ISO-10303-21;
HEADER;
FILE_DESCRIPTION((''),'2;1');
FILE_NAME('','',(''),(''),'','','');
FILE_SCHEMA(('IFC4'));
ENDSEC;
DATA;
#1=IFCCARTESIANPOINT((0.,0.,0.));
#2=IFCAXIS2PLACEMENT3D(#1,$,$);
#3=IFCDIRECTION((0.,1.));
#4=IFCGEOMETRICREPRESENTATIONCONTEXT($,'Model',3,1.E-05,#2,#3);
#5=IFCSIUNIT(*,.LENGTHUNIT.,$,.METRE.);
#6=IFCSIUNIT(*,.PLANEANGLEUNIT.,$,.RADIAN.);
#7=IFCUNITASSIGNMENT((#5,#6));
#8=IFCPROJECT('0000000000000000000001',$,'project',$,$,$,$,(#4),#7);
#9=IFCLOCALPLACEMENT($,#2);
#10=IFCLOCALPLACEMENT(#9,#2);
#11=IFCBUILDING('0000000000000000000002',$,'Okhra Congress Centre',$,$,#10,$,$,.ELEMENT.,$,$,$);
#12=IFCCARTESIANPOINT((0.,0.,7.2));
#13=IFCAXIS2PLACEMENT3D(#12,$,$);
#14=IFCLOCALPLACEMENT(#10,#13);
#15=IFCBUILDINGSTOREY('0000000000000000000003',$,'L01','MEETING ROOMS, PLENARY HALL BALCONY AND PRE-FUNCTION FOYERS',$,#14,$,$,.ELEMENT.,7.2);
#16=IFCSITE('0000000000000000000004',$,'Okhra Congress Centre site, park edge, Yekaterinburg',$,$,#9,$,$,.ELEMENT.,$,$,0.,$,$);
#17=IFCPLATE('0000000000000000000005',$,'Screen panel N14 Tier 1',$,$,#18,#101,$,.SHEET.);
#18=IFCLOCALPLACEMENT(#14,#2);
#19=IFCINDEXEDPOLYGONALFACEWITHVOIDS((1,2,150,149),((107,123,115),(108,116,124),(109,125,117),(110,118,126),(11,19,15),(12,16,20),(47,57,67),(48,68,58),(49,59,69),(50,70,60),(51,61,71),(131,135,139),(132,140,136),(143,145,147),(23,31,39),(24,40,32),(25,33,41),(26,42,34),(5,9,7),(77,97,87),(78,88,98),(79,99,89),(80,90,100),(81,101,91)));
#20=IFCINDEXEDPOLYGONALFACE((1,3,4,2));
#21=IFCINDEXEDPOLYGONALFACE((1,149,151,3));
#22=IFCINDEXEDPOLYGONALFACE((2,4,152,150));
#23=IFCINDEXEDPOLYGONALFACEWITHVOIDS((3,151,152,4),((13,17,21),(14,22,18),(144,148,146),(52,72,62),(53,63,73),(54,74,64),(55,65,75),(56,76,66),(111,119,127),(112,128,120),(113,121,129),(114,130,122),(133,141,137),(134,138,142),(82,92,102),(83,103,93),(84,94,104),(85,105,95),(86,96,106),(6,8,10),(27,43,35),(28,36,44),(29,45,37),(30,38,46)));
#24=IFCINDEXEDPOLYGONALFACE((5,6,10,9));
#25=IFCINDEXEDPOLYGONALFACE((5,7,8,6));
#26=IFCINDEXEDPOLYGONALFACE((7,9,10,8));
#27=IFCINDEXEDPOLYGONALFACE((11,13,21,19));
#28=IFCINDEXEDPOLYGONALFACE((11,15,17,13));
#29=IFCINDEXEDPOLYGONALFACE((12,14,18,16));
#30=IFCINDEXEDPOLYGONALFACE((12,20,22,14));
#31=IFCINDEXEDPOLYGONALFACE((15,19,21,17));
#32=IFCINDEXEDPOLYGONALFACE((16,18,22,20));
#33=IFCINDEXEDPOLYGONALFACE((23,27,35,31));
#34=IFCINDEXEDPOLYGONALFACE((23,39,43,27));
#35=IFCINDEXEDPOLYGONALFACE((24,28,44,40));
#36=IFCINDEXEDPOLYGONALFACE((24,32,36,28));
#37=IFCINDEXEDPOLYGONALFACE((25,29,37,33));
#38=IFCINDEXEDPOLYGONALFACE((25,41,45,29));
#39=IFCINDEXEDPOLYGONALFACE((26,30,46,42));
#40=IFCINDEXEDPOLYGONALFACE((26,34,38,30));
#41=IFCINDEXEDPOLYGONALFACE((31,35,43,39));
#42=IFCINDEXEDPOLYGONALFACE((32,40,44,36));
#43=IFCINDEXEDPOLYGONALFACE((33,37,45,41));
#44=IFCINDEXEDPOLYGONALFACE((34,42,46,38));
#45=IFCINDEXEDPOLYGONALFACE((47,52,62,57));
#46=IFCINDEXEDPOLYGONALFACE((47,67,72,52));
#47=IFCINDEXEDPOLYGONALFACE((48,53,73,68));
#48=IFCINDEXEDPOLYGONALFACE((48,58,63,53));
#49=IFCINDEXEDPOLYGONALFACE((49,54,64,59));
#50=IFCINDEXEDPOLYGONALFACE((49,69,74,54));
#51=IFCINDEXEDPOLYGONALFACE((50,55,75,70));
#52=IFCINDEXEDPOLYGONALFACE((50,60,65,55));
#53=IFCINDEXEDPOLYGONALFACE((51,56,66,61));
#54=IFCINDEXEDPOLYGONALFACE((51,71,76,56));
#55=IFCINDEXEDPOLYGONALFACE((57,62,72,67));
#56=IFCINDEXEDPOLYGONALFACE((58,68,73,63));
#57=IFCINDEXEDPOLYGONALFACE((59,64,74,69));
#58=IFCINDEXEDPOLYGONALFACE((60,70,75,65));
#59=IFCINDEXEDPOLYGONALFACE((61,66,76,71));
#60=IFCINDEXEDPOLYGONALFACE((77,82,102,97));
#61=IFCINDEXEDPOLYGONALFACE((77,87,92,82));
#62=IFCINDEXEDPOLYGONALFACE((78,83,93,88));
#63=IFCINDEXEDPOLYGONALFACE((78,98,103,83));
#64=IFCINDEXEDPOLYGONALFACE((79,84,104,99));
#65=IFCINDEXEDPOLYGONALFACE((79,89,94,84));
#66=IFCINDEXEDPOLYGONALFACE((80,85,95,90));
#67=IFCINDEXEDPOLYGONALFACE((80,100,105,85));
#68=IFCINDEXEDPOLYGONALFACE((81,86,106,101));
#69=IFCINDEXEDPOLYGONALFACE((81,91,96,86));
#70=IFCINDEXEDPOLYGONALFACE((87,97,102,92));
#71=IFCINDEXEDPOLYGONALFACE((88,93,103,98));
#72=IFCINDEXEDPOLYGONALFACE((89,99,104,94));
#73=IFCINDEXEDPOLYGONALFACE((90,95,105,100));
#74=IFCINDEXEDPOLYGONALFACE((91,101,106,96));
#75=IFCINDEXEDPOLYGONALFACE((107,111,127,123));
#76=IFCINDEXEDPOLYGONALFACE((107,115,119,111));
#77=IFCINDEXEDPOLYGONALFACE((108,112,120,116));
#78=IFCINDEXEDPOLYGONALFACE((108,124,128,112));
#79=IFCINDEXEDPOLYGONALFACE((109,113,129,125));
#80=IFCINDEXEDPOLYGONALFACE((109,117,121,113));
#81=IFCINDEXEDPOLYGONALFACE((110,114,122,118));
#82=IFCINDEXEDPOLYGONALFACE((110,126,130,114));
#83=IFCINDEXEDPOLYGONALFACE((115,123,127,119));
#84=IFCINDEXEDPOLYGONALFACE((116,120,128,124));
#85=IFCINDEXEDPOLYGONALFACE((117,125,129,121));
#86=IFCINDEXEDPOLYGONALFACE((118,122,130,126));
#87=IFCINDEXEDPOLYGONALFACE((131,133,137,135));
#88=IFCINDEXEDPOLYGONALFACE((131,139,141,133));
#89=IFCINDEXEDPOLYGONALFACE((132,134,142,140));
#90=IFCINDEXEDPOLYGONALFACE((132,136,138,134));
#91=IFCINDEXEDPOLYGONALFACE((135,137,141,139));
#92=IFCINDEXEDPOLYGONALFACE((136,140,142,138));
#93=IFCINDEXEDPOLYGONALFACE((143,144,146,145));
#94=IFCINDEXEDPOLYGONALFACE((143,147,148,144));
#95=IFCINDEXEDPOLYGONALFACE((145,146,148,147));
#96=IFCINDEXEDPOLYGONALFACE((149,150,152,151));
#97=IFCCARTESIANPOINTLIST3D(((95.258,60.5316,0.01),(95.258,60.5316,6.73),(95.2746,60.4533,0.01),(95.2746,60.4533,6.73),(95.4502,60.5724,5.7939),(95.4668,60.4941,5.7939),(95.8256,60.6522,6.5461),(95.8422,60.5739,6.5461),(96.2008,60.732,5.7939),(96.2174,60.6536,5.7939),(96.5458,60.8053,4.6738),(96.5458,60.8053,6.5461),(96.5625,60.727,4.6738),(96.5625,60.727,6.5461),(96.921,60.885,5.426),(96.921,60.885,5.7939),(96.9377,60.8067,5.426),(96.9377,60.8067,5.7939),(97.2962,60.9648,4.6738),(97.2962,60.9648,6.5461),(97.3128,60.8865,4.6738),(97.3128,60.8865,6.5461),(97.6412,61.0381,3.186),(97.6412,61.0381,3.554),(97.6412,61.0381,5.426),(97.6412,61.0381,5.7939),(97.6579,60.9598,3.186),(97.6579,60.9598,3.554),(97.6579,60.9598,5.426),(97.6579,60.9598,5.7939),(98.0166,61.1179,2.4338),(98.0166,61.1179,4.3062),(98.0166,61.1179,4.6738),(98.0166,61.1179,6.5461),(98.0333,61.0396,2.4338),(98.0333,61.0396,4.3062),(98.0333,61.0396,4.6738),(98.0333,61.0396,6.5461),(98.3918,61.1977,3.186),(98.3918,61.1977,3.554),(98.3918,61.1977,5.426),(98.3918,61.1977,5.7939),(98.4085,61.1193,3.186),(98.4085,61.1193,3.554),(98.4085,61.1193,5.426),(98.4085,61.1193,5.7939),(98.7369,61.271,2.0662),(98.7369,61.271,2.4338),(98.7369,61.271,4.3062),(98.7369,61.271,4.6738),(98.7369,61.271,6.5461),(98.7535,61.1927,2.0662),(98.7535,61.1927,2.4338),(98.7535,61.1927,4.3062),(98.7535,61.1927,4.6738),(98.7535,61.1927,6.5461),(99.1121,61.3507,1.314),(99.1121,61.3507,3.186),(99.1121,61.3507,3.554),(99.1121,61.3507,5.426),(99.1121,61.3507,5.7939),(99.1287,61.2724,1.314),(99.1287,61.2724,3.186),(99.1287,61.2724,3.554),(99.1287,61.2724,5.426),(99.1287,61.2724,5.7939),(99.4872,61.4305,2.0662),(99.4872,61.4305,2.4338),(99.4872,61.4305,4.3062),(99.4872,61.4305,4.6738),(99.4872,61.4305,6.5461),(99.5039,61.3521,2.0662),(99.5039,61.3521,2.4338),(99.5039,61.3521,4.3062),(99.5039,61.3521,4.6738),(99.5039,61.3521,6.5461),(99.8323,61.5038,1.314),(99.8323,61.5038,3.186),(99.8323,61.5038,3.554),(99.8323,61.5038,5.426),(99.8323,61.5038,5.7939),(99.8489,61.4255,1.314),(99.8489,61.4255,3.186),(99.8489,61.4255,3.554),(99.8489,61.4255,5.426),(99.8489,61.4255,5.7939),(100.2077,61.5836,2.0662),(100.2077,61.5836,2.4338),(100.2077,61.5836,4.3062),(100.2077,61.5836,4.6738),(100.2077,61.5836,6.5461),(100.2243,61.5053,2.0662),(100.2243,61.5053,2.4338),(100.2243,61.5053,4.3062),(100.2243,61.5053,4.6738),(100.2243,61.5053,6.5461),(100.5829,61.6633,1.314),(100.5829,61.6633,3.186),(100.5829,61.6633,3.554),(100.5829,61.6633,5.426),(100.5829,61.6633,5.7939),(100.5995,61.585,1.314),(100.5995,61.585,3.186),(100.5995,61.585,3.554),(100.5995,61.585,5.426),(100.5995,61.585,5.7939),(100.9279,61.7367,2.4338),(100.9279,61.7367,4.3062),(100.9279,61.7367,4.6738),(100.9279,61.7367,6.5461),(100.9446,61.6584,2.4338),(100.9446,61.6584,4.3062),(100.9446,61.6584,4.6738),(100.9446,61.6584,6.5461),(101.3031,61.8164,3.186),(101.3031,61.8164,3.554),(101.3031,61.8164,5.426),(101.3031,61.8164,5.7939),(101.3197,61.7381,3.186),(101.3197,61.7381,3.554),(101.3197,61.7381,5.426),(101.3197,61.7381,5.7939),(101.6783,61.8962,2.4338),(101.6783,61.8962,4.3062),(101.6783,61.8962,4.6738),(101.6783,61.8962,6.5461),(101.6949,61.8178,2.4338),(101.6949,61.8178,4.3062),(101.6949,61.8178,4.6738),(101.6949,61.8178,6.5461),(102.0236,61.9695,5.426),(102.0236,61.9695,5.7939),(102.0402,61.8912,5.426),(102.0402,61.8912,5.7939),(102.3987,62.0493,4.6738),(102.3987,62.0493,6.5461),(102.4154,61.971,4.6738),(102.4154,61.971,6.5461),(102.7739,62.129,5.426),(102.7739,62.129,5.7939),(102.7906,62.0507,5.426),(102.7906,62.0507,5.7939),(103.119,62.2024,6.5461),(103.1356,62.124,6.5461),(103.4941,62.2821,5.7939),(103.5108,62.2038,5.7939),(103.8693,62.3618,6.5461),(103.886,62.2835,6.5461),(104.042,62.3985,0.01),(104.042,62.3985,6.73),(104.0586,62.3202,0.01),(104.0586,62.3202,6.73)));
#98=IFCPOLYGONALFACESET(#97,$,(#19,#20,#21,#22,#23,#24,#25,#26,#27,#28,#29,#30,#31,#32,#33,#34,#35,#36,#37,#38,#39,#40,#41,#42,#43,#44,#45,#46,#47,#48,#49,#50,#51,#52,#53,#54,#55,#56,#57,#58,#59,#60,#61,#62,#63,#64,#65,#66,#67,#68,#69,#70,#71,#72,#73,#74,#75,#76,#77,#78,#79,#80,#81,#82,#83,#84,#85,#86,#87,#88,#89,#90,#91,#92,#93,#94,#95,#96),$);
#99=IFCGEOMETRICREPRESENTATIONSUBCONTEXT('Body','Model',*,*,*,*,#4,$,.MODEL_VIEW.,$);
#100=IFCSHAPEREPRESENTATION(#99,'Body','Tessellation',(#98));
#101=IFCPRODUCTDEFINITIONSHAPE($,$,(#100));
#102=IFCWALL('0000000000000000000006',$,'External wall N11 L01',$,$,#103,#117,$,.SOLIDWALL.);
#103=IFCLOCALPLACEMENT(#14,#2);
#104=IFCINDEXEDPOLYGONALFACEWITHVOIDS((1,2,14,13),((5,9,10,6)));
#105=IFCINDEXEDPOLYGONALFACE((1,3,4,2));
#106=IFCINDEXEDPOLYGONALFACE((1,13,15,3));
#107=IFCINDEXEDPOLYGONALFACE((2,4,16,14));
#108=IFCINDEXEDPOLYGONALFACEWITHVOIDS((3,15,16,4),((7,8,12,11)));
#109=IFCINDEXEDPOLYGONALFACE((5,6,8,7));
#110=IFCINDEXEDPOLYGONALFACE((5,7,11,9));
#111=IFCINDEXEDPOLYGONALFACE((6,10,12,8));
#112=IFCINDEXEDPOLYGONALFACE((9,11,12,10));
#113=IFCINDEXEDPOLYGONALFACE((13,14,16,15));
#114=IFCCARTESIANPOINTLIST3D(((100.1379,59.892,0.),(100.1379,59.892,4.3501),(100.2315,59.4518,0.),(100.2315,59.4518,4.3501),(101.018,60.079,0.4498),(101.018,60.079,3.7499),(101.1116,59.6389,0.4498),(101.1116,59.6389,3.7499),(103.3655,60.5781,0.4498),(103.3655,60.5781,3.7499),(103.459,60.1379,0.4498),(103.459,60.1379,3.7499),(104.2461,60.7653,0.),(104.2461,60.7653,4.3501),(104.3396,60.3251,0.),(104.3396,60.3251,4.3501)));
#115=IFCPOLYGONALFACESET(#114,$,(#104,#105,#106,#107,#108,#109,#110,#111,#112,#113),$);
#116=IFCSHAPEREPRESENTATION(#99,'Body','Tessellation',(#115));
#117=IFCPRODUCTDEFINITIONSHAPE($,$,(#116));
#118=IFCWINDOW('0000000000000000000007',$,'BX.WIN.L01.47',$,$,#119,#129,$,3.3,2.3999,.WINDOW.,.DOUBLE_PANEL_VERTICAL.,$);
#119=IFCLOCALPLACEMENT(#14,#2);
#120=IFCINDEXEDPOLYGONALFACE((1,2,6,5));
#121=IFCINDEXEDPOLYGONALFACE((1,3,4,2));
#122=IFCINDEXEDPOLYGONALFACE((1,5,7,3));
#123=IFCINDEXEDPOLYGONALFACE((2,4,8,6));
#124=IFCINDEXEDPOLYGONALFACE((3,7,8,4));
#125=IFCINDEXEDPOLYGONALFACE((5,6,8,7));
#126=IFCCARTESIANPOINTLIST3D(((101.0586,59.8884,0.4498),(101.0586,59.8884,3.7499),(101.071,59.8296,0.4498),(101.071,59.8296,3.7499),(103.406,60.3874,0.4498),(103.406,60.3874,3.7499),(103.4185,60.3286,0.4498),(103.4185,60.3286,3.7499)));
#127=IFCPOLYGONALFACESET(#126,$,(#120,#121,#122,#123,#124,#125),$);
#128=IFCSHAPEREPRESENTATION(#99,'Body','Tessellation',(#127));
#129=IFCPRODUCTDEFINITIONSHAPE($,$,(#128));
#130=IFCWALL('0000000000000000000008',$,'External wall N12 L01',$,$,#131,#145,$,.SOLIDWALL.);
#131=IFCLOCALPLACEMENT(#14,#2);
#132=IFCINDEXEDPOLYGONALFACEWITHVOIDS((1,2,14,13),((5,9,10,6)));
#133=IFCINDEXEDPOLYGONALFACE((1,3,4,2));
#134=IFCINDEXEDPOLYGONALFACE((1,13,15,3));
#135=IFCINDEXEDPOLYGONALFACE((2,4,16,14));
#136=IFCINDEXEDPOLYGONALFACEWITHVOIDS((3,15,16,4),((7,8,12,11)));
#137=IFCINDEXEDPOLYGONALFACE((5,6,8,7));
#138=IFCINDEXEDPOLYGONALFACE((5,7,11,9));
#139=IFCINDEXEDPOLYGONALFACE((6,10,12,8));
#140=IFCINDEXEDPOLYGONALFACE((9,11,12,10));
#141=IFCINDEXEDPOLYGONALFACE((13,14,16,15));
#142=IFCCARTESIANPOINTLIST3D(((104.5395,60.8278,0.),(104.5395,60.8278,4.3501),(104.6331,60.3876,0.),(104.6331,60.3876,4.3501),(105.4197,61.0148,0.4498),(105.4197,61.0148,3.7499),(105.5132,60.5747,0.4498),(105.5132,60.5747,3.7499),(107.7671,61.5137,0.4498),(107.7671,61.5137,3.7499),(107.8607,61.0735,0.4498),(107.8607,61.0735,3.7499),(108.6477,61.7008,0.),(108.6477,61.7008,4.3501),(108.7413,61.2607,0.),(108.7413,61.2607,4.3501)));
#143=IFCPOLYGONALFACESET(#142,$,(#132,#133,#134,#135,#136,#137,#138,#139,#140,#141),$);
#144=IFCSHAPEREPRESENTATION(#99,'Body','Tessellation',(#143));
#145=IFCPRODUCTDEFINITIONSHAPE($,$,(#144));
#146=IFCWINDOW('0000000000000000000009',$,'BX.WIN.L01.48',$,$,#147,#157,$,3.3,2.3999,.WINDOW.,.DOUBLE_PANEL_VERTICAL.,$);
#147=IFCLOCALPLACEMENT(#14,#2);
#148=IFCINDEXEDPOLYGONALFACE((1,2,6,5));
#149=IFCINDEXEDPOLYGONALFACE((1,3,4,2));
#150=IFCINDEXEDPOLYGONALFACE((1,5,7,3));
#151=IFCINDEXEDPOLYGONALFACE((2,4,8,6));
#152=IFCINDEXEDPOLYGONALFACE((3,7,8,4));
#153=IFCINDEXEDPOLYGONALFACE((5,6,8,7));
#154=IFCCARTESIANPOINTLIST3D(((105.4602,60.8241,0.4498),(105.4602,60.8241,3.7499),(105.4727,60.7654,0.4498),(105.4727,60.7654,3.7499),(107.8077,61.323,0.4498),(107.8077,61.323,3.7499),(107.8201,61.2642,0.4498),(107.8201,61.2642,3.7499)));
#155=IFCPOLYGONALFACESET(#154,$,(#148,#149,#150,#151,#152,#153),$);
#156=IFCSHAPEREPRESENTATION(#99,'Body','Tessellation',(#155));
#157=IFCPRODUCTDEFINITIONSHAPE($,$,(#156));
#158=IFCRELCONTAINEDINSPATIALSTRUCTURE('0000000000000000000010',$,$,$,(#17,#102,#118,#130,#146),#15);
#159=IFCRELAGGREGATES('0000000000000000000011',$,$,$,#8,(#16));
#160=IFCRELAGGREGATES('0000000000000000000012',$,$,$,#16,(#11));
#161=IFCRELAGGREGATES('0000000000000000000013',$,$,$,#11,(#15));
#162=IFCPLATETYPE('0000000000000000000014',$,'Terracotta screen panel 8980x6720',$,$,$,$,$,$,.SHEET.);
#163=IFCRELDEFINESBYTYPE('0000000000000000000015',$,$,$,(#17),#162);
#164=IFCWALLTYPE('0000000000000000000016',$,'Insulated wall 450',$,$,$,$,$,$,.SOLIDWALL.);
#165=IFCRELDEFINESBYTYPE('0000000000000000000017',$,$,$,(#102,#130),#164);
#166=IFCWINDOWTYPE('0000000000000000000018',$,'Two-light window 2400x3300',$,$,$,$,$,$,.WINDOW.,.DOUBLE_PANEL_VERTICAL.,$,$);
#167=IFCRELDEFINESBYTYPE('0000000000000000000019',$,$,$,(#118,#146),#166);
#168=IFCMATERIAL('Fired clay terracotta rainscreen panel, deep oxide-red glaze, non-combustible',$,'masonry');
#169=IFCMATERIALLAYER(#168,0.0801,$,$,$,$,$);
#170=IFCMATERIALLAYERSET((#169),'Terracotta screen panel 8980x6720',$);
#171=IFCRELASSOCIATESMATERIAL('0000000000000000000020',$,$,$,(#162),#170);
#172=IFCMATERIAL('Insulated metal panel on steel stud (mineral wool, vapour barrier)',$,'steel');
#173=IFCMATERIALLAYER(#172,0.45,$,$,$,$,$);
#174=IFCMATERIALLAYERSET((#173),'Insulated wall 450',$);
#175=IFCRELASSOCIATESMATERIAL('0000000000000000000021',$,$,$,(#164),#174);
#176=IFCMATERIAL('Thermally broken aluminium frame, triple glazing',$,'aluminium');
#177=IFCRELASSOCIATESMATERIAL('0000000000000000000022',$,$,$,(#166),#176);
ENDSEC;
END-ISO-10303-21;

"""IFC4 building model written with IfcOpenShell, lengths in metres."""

from ifc_helpers import new_model, si_unit, direction, frame, frame_2d, origin, place, context, subcontext, project, spatial, polyline, rectangle, outline, extrude, material, layer, layer_set, type_object, element, fill, save


model = new_model("IFC4")

# Units and contexts
model_context = context("Model", 3, precision=1e-05, world=origin(), true_north=direction((0.0, 1.0)))
body_context = subcontext(model_context, "Body", "Model", "MODEL_VIEW")
ifc_project = project(units=[si_unit("LENGTHUNIT", "METRE"), si_unit("PLANEANGLEUNIT", "RADIAN")], contexts=[model_context])

# Site, building, storey
site_placement = place(None, origin())
site = spatial("IfcSite", under=ifc_project, at=site_placement, Name="Okhra Congress Centre site, park edge, Yekaterinburg", CompositionType="ELEMENT", RefElevation=0.0)
building_placement = place(site_placement, origin())
building = spatial("IfcBuilding", under=site, at=building_placement, Name="Okhra Congress Centre", CompositionType="ELEMENT")
storey_placement = place(building_placement, frame((0.0, 0.0, 7.2)))
storey = spatial("IfcBuildingStorey", under=building, at=storey_placement, Name="L01", Description="MEETING ROOMS, PLENARY HALL BALCONY AND PRE-FUNCTION FOYERS", CompositionType="ELEMENT", Elevation=7.2)

# Plate
ifc_material_1 = material(Name="Fired clay terracotta rainscreen panel, deep oxide-red glaze, non-combustible", Category="masonry")
ifc_layer_1 = layer(ifc_material_1, 0.0801)
ifc_layer_set_1 = layer_set([ifc_layer_1], Name="Terracotta screen panel 8980x6720")
plate_type = type_object("IfcPlateType", Name="Terracotta screen panel 8980x6720", PredefinedType="SHEET", material=ifc_layer_set_1)
plate_placement = place(storey_placement, frame((104.0503, 62.3594, 0.01), z_axis=(0.0, 0.0, 1.0), x_axis=(-0.978151, -0.207897, 0.0)))
element("IfcPlate", 1, at=plate_placement, inside=storey, type_object=plate_type, Name="Screen panel N14 Tier 1", PredefinedType="SHEET", context=body_context, shape_type="SweptSolid", body=[
    extrude(outline(polyline([(0.0, 0.0), (8.9802, 0.0), (8.9802, 6.72), (0.0, 6.72), (0.0, 0.0)]), holes=[polyline([(3.5364, 1.304), (4.3037, 1.304), (3.9199, 2.0562), (3.5364, 1.304)]), polyline([(4.6565, 2.0562), (5.04, 1.304), (5.4236, 2.0562), (4.6565, 2.0562)]), polyline([(2.4165, 2.4238), (3.1836, 2.4238), (2.8, 3.176), (2.4165, 2.4238)]), polyline([(3.5364, 3.176), (3.9199, 2.4238), (4.3037, 3.176), (3.5364, 3.176)]), polyline([(4.6565, 2.4238), (5.4236, 2.4238), (5.04, 3.176), (4.6565, 2.4238)]), polyline([(5.7764, 3.176), (6.1599, 2.4238), (6.5437, 3.176), (5.7764, 3.176)]), polyline([(2.4165, 4.2961), (2.8, 3.5439), (3.1836, 4.2961), (2.4165, 4.2961)]), polyline([(3.5364, 3.5439), (4.3037, 3.5439), (3.9199, 4.2961), (3.5364, 3.5439)]), polyline([(4.6565, 4.2961), (5.04, 3.5439), (5.4236, 4.2961), (4.6565, 4.2961)]), polyline([(5.7764, 3.5439), (6.5437, 3.5439), (6.1599, 4.2961), (5.7764, 3.5439)]), polyline([(1.2964, 5.416), (1.6799, 4.6638), (2.0635, 5.416), (1.2964, 5.416)]), polyline([(2.4165, 4.6638), (3.1836, 4.6638), (2.8, 5.416), (2.4165, 4.6638)]), polyline([(3.5364, 5.416), (3.9199, 4.6638), (4.3037, 5.416), (3.5364, 5.416)]), polyline([(4.6565, 4.6638), (5.4236, 4.6638), (5.04, 5.416), (4.6565, 4.6638)]), polyline([(5.7764, 5.416), (6.1599, 4.6638), (6.5437, 5.416), (5.7764, 5.416)]), polyline([(6.8965, 4.6638), (7.6636, 4.6638), (7.28, 5.416), (6.8965, 4.6638)]), polyline([(0.1765, 6.5361), (0.5601, 5.7839), (0.9436, 6.5361), (0.1765, 6.5361)]), polyline([(1.2964, 5.7839), (2.0635, 5.7839), (1.6799, 6.5361), (1.2964, 5.7839)]), polyline([(2.4165, 6.5361), (2.8, 5.7839), (3.1836, 6.5361), (2.4165, 6.5361)]), polyline([(3.5364, 5.7839), (4.3037, 5.7839), (3.9199, 6.5361), (3.5364, 5.7839)]), polyline([(4.6565, 6.5361), (5.04, 5.7839), (5.4236, 6.5361), (4.6565, 6.5361)]), polyline([(5.7764, 5.7839), (6.5437, 5.7839), (6.1599, 6.5361), (5.7764, 5.7839)]), polyline([(6.8965, 6.5361), (7.28, 5.7839), (7.6636, 6.5361), (6.8965, 6.5361)]), polyline([(8.0164, 5.7839), (8.7837, 5.7839), (8.3999, 6.5361), (8.0164, 5.7839)])]), frame((0.0, 0.04, 0.0), z_axis=(0.0, -1.0, 0.0), x_axis=(1.0, 0.0, 0.0)), (0.0, 0.0, 1.0), 0.0801),
])

# Walls, openings, windows
ifc_material_2 = material(Name="Insulated metal panel on steel stud (mineral wool, vapour barrier)", Category="steel")
ifc_layer_2 = layer(ifc_material_2, 0.45)
ifc_layer_set_2 = layer_set([ifc_layer_2], Name="Insulated wall 450")
wall_type_1 = type_object("IfcWallType", Name="Insulated wall 450", PredefinedType="SOLIDWALL", material=ifc_layer_set_2)
wall_1_placement = place(storey_placement, frame((100.1846, 59.6719, 0.0), z_axis=(0.0, 0.0, 1.0), x_axis=(0.978144, 0.207929, 0.0)))
wall_1 = element("IfcWall", 2, at=wall_1_placement, inside=storey, type_object=wall_type_1, Name="External wall N11 L01", PredefinedType="SOLIDWALL", context=body_context, shape_type="SweptSolid", body=[
    extrude(rectangle(XDim=4.2, YDim=0.45, at=frame_2d((2.1001, 0.0))), origin(), (0.0, 0.0, 1.0), 4.3501),
])
opening_1_placement = place(wall_1_placement, frame((0.8999, 0.0, 0.45)))
opening_1 = element("IfcOpeningElement", 3, at=opening_1_placement, cuts=wall_1, PredefinedType="OPENING", context=body_context, shape_type="SweptSolid", body=[
    extrude(rectangle(XDim=2.3999, YDim=3.3, at=frame_2d((1.2, 1.6499))), frame((0.0, 0.2349, 0.0), z_axis=(0.0, -1.0, 0.0), x_axis=(1.0, 0.0, 0.0)), (0.0, 0.0, 1.0), 0.47),
])
ifc_material_3 = material(Name="Thermally broken aluminium frame, triple glazing", Category="aluminium")
window_type = type_object("IfcWindowType", Name="Two-light window 2400x3300", PartitioningType="DOUBLE_PANEL_VERTICAL", PredefinedType="WINDOW", material=ifc_material_3)
window_1_placement = place(opening_1_placement, origin())
window_1 = element("IfcWindow", 4, at=window_1_placement, inside=storey, type_object=window_type, Name="BX.WIN.L01.47", OverallHeight=3.3, OverallWidth=2.3999, PartitioningType="DOUBLE_PANEL_VERTICAL", PredefinedType="WINDOW", context=body_context, shape_type="SweptSolid", body=[
    extrude(rectangle(XDim=2.3999, YDim=3.3, at=frame_2d((1.2, 1.6499))), frame((0.0, 0.03, 0.0), z_axis=(0.0, -1.0, 0.0), x_axis=(1.0, 0.0, 0.0)), (0.0, 0.0, 1.0), 0.0601),
])
fill(opening_1, window_1)
wall_2_placement = place(storey_placement, frame((104.5862, 60.6077, 0.0), z_axis=(0.0, 0.0, 1.0), x_axis=(0.978156, 0.207873, 0.0)))
wall_2 = element("IfcWall", 5, at=wall_2_placement, inside=storey, type_object=wall_type_1, Name="External wall N12 L01", PredefinedType="SOLIDWALL", context=body_context, shape_type="SweptSolid", body=[
    extrude(rectangle(XDim=4.2, YDim=0.45, at=frame_2d((2.1001, 0.0))), origin(), (0.0, 0.0, 1.0), 4.3501),
])
opening_2_placement = place(wall_2_placement, frame((0.8999, 0.0, 0.45)))
opening_2 = element("IfcOpeningElement", 6, at=opening_2_placement, cuts=wall_2, PredefinedType="OPENING", context=body_context, shape_type="SweptSolid", body=[
    extrude(rectangle(XDim=2.3999, YDim=3.3, at=frame_2d((1.2, 1.6499))), frame((0.0, 0.2349, 0.0), z_axis=(0.0, -1.0, 0.0), x_axis=(1.0, 0.0, 0.0)), (0.0, 0.0, 1.0), 0.47),
])
window_2_placement = place(opening_2_placement, origin())
window_2 = element("IfcWindow", 7, at=window_2_placement, inside=storey, type_object=window_type, Name="BX.WIN.L01.48", OverallHeight=3.3, OverallWidth=2.3999, PartitioningType="DOUBLE_PANEL_VERTICAL", PredefinedType="WINDOW", context=body_context, shape_type="SweptSolid", body=[
    extrude(rectangle(XDim=2.3999, YDim=3.3, at=frame_2d((1.2, 1.6499))), frame((0.0, 0.03, 0.0), z_axis=(0.0, -1.0, 0.0), x_axis=(1.0, 0.0, 0.0)), (0.0, 0.0, 1.0), 0.0601),
])
fill(opening_2, window_2)

save(model, "model.ifc")
